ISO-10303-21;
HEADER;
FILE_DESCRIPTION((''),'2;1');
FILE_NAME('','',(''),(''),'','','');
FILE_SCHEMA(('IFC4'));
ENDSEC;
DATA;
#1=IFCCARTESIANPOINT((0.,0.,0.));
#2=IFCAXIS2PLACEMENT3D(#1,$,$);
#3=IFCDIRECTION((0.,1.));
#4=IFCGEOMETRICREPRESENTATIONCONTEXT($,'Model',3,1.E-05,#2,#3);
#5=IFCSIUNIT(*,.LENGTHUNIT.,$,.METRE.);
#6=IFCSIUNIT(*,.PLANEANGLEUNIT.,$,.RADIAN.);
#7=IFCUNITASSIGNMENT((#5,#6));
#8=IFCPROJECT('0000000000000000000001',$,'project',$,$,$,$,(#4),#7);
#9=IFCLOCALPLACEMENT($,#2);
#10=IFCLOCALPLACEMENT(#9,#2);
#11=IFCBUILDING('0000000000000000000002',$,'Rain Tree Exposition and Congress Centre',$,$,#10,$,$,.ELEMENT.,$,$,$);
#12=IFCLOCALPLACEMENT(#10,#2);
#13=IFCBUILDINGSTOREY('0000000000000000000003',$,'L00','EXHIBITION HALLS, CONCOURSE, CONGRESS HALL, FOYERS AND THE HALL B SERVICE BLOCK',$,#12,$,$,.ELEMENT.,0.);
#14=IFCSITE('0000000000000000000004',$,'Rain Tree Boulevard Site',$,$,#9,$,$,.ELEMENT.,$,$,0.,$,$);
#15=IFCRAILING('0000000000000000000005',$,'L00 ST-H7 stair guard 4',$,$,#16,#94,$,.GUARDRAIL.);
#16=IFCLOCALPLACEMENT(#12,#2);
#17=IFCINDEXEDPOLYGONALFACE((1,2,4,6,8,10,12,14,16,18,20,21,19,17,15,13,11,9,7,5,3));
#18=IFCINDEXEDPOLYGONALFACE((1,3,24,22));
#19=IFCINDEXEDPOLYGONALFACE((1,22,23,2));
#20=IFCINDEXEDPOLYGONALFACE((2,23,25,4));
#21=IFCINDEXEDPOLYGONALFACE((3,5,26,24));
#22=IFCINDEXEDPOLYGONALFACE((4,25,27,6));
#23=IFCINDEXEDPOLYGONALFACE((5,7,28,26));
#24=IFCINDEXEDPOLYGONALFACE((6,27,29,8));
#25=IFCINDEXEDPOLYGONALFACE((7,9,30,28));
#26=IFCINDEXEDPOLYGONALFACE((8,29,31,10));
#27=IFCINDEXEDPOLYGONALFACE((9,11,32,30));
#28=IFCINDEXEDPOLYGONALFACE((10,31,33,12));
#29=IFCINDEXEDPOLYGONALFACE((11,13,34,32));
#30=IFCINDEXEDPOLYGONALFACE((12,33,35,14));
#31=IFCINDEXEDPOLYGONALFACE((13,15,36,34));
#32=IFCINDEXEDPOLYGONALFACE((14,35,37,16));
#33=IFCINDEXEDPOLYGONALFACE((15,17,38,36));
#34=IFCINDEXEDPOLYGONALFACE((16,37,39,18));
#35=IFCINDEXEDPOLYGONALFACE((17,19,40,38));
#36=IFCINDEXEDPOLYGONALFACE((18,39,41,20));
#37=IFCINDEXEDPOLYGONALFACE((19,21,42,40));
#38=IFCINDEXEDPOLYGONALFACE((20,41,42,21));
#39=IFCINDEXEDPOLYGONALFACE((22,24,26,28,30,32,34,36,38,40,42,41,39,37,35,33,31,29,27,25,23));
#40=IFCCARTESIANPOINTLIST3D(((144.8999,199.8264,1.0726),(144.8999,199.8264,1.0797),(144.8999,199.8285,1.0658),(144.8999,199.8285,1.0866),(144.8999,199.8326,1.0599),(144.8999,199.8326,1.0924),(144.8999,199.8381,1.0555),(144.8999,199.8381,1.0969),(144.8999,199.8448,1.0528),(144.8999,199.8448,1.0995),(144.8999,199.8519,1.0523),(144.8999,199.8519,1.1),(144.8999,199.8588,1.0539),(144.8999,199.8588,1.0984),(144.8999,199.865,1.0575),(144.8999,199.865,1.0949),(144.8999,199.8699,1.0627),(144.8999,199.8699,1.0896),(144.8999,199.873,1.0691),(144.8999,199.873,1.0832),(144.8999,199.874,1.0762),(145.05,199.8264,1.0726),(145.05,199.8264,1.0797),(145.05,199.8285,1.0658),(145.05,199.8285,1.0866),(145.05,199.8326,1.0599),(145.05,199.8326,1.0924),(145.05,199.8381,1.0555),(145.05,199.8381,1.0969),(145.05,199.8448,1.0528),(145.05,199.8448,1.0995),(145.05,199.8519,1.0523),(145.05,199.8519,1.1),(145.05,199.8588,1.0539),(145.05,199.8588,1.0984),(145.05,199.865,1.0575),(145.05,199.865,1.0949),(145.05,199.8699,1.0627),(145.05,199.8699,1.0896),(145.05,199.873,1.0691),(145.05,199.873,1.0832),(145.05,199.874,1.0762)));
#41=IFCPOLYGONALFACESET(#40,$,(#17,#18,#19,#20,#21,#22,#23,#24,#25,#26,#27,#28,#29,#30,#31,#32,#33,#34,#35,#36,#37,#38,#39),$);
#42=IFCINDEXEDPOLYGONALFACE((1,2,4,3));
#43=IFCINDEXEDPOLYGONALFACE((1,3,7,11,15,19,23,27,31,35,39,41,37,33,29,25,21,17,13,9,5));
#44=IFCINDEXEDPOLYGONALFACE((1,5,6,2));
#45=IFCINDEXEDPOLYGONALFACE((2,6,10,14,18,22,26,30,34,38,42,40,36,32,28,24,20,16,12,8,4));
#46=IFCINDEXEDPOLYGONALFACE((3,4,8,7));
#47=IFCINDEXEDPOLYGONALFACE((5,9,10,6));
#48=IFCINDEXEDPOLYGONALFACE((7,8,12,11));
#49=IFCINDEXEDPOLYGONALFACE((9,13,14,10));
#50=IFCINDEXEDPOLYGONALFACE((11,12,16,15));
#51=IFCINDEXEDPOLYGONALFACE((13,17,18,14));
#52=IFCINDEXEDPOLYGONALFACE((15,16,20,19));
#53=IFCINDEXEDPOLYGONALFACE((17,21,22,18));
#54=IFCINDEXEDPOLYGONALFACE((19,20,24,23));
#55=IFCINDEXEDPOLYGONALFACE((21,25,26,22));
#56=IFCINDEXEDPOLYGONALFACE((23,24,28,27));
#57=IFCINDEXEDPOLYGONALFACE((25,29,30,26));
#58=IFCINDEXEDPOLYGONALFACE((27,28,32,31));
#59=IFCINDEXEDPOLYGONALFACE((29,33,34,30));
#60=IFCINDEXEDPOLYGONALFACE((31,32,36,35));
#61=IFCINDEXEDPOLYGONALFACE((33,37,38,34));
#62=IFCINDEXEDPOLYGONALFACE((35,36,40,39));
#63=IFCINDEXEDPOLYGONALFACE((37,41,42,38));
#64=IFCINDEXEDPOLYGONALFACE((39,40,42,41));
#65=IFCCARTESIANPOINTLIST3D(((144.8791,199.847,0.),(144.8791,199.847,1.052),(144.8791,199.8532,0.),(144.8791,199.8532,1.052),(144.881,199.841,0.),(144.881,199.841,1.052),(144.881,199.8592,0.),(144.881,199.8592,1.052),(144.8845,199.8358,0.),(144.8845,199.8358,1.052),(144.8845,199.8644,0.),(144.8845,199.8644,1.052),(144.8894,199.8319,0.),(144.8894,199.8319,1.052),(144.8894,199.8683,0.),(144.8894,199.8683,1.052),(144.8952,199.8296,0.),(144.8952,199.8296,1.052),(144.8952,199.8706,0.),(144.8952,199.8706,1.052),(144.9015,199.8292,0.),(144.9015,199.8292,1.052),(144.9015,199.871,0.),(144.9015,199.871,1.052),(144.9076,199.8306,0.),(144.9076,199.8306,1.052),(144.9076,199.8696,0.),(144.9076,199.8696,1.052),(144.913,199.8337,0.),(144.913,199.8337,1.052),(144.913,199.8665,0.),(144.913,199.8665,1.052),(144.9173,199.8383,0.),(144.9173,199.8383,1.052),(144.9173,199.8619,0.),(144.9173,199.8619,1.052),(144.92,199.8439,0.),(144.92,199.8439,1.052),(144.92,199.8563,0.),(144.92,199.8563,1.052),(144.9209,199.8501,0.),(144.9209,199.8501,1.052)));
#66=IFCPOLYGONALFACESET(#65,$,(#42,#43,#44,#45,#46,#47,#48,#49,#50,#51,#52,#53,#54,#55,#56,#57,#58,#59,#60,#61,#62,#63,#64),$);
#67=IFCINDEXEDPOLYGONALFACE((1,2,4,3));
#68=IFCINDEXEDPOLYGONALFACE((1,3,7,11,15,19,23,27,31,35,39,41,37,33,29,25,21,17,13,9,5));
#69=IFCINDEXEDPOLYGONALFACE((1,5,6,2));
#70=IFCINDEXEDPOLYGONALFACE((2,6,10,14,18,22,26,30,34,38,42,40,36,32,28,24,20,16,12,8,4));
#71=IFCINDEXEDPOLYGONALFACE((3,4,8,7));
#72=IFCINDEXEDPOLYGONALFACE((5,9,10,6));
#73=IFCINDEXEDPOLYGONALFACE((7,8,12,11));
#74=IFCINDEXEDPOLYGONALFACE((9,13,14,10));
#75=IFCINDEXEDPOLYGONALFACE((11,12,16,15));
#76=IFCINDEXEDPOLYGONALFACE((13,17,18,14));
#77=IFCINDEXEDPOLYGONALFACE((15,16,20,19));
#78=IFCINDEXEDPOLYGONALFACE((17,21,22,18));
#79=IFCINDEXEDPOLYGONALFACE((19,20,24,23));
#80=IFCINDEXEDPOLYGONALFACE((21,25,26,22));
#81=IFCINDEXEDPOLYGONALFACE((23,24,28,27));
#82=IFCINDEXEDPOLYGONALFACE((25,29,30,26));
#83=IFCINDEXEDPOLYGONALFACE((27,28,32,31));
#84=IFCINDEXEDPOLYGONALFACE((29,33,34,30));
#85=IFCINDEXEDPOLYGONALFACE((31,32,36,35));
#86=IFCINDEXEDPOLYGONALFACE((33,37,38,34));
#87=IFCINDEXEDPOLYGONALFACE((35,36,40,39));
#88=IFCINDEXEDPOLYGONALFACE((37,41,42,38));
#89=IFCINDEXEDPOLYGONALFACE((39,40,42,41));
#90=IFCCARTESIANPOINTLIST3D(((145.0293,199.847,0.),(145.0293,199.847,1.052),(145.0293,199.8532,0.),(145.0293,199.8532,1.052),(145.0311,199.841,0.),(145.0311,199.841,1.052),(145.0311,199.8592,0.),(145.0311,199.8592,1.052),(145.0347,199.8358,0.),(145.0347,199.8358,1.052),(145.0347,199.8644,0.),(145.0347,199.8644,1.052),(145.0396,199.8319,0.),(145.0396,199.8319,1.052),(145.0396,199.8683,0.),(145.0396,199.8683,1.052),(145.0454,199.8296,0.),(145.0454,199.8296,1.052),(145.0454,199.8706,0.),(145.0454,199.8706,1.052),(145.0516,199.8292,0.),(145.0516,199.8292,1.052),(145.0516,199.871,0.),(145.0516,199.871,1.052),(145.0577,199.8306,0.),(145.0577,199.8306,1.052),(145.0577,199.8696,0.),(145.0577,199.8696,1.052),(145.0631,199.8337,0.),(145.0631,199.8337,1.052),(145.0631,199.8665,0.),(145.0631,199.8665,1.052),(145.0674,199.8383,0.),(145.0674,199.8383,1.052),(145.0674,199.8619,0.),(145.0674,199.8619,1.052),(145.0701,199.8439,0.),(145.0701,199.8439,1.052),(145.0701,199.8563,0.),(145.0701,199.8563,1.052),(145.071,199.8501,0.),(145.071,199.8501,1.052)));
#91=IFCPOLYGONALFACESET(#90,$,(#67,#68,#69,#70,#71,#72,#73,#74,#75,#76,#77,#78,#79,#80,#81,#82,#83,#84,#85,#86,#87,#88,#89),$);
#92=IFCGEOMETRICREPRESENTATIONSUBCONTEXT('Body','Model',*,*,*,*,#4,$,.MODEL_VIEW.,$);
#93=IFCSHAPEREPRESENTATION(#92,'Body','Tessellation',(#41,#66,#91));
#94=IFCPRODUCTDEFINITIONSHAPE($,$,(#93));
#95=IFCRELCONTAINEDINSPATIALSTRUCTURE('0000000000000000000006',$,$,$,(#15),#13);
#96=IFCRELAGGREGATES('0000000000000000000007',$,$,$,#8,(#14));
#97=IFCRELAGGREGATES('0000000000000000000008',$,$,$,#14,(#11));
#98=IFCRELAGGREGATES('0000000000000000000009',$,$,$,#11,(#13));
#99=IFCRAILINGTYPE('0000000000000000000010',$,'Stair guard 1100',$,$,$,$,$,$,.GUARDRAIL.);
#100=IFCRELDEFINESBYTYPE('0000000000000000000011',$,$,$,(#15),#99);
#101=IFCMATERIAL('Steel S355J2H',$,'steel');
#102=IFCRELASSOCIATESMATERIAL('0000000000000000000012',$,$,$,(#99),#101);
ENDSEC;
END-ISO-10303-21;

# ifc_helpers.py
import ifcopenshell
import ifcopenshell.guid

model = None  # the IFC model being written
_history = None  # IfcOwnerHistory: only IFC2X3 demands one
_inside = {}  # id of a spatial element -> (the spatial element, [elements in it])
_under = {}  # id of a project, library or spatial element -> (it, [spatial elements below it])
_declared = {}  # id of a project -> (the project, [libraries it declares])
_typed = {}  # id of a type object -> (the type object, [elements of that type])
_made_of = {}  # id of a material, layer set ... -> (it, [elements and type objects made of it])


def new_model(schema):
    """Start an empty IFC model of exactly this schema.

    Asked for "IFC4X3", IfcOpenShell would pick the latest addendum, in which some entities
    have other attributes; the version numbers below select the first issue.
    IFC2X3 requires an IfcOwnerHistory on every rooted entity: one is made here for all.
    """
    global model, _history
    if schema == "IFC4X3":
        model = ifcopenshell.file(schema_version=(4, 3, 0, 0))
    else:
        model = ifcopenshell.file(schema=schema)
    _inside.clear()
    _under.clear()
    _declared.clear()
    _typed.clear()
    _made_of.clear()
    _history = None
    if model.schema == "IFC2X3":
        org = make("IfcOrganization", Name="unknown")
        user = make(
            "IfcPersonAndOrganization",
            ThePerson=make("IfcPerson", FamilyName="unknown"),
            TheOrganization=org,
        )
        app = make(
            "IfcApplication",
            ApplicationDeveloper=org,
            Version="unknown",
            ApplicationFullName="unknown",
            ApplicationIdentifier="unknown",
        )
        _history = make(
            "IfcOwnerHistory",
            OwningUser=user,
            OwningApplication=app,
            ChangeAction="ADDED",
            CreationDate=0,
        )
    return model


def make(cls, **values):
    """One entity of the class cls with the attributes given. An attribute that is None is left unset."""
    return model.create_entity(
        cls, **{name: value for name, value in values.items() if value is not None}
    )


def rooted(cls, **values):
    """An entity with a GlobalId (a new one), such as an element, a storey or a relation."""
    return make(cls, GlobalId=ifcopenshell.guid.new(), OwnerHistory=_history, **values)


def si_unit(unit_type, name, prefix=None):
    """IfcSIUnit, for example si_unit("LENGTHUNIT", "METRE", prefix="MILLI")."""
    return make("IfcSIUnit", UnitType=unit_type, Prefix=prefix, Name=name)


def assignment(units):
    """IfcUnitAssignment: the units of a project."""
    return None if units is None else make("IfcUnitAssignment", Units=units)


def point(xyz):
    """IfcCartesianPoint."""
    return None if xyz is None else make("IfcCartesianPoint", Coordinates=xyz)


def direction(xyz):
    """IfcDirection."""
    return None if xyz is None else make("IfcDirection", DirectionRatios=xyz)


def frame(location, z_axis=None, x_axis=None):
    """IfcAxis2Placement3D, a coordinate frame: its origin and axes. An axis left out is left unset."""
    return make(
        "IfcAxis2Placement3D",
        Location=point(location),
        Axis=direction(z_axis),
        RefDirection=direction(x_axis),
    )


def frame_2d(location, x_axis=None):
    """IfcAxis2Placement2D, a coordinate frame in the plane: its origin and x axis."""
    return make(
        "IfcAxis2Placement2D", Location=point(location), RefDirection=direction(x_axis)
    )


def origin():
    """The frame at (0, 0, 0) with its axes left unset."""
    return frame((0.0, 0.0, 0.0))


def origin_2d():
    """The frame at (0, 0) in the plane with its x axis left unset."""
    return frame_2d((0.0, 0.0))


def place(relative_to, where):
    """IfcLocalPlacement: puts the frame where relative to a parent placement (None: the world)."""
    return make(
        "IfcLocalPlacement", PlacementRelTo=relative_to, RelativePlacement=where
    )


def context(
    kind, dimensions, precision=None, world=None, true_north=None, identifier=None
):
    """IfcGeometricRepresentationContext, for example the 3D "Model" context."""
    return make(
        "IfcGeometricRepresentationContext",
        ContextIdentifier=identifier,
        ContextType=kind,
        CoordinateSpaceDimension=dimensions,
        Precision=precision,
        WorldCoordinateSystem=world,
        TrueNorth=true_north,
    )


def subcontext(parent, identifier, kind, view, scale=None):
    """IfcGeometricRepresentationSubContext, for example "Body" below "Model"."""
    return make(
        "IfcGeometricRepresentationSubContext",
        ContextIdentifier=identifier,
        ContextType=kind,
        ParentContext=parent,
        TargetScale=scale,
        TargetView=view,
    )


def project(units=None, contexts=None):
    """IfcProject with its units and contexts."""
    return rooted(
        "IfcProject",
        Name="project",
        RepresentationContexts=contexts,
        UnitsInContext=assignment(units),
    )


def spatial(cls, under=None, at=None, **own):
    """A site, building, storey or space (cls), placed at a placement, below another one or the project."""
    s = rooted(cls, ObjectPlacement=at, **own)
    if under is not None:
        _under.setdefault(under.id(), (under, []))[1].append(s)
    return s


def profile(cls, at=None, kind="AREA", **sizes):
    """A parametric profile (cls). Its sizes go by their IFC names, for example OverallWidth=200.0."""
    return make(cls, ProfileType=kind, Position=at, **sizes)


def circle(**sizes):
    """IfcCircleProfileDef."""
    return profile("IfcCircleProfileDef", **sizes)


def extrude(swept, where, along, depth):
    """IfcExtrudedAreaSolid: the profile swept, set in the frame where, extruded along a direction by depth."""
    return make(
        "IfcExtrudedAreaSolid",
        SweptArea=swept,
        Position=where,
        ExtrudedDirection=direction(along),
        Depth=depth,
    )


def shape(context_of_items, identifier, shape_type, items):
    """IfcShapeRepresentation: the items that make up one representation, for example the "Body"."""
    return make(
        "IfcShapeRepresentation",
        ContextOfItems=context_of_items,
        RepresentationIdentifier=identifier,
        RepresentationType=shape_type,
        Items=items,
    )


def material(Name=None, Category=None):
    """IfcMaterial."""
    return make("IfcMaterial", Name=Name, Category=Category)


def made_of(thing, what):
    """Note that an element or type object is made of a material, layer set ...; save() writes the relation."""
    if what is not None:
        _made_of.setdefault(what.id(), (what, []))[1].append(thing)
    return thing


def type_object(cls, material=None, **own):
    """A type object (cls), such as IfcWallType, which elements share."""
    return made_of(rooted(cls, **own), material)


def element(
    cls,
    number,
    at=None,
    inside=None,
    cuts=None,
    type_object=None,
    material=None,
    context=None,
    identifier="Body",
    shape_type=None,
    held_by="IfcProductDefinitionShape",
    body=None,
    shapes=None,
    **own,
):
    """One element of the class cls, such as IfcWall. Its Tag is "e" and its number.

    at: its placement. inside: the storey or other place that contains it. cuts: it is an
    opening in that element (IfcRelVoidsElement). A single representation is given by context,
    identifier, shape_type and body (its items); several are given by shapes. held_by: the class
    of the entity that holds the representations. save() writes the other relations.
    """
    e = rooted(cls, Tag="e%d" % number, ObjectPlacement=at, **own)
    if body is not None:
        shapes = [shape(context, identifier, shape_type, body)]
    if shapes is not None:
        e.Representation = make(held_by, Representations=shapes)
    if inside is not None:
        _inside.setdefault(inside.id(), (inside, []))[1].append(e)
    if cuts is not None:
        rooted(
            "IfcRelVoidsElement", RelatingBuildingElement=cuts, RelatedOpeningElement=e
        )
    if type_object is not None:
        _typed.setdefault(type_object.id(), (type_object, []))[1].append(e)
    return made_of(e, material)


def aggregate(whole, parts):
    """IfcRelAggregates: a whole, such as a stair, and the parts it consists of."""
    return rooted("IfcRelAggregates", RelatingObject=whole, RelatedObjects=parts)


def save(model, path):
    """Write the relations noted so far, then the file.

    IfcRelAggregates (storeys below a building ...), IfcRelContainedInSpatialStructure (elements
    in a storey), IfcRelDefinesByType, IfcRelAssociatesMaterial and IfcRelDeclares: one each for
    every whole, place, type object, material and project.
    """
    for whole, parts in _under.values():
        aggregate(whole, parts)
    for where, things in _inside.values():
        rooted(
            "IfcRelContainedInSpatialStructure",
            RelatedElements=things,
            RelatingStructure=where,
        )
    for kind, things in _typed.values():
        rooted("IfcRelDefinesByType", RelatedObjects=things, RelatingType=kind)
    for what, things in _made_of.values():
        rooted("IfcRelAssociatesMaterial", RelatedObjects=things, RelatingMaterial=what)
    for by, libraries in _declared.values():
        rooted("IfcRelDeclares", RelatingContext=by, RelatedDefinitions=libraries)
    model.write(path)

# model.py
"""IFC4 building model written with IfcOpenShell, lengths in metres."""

from ifc_helpers import new_model, si_unit, direction, frame, origin, origin_2d, place, context, subcontext, project, spatial, circle, extrude, material, type_object, element, save


model = new_model("IFC4")

# Units and contexts
model_context = context("Model", 3, precision=1e-05, world=origin(), true_north=direction((0.0, 1.0)))
body_context = subcontext(model_context, "Body", "Model", "MODEL_VIEW")
ifc_project = project(units=[si_unit("LENGTHUNIT", "METRE"), si_unit("PLANEANGLEUNIT", "RADIAN")], contexts=[model_context])

# Site, building, storey
site_placement = place(None, origin())
site = spatial("IfcSite", under=ifc_project, at=site_placement, Name="Rain Tree Boulevard Site", CompositionType="ELEMENT", RefElevation=0.0)
building_placement = place(site_placement, origin())
building = spatial("IfcBuilding", under=site, at=building_placement, Name="Rain Tree Exposition and Congress Centre", CompositionType="ELEMENT")
storey_placement = place(building_placement, origin())
storey = spatial("IfcBuildingStorey", under=building, at=storey_placement, Name="L00", Description="EXHIBITION HALLS, CONCOURSE, CONGRESS HALL, FOYERS AND THE HALL B SERVICE BLOCK", CompositionType="ELEMENT", Elevation=0.0)

# Railing
ifc_material_1 = material(Name="Steel S355J2H", Category="steel")
railing_type_1 = type_object("IfcRailingType", Name="Stair guard 1100", PredefinedType="GUARDRAIL", material=ifc_material_1)
railing_1_placement = place(storey_placement, frame((144.8999, 199.8501, 0.0)))
element("IfcRailing", 1, at=railing_1_placement, inside=storey, type_object=railing_type_1, Name="L00 ST-H7 stair guard 4", PredefinedType="GUARDRAIL", context=body_context, shape_type="SweptSolid", body=[
    extrude(circle(Radius=0.0239, at=origin_2d()), frame((0.0, 0.0, 1.0762), z_axis=(1.0, 0.0, 0.0), x_axis=(0.0, 1.0, 0.0)), (0.0, 0.0, 1.0), 0.1501),
    extrude(circle(Radius=0.021, at=origin_2d()), origin(), (0.0, 0.0, 1.0), 1.052),
    extrude(circle(Radius=0.021, at=origin_2d()), frame((0.1501, 0.0, 0.0)), (0.0, 0.0, 1.0), 1.052),
])

save(model, "model.ifc")
